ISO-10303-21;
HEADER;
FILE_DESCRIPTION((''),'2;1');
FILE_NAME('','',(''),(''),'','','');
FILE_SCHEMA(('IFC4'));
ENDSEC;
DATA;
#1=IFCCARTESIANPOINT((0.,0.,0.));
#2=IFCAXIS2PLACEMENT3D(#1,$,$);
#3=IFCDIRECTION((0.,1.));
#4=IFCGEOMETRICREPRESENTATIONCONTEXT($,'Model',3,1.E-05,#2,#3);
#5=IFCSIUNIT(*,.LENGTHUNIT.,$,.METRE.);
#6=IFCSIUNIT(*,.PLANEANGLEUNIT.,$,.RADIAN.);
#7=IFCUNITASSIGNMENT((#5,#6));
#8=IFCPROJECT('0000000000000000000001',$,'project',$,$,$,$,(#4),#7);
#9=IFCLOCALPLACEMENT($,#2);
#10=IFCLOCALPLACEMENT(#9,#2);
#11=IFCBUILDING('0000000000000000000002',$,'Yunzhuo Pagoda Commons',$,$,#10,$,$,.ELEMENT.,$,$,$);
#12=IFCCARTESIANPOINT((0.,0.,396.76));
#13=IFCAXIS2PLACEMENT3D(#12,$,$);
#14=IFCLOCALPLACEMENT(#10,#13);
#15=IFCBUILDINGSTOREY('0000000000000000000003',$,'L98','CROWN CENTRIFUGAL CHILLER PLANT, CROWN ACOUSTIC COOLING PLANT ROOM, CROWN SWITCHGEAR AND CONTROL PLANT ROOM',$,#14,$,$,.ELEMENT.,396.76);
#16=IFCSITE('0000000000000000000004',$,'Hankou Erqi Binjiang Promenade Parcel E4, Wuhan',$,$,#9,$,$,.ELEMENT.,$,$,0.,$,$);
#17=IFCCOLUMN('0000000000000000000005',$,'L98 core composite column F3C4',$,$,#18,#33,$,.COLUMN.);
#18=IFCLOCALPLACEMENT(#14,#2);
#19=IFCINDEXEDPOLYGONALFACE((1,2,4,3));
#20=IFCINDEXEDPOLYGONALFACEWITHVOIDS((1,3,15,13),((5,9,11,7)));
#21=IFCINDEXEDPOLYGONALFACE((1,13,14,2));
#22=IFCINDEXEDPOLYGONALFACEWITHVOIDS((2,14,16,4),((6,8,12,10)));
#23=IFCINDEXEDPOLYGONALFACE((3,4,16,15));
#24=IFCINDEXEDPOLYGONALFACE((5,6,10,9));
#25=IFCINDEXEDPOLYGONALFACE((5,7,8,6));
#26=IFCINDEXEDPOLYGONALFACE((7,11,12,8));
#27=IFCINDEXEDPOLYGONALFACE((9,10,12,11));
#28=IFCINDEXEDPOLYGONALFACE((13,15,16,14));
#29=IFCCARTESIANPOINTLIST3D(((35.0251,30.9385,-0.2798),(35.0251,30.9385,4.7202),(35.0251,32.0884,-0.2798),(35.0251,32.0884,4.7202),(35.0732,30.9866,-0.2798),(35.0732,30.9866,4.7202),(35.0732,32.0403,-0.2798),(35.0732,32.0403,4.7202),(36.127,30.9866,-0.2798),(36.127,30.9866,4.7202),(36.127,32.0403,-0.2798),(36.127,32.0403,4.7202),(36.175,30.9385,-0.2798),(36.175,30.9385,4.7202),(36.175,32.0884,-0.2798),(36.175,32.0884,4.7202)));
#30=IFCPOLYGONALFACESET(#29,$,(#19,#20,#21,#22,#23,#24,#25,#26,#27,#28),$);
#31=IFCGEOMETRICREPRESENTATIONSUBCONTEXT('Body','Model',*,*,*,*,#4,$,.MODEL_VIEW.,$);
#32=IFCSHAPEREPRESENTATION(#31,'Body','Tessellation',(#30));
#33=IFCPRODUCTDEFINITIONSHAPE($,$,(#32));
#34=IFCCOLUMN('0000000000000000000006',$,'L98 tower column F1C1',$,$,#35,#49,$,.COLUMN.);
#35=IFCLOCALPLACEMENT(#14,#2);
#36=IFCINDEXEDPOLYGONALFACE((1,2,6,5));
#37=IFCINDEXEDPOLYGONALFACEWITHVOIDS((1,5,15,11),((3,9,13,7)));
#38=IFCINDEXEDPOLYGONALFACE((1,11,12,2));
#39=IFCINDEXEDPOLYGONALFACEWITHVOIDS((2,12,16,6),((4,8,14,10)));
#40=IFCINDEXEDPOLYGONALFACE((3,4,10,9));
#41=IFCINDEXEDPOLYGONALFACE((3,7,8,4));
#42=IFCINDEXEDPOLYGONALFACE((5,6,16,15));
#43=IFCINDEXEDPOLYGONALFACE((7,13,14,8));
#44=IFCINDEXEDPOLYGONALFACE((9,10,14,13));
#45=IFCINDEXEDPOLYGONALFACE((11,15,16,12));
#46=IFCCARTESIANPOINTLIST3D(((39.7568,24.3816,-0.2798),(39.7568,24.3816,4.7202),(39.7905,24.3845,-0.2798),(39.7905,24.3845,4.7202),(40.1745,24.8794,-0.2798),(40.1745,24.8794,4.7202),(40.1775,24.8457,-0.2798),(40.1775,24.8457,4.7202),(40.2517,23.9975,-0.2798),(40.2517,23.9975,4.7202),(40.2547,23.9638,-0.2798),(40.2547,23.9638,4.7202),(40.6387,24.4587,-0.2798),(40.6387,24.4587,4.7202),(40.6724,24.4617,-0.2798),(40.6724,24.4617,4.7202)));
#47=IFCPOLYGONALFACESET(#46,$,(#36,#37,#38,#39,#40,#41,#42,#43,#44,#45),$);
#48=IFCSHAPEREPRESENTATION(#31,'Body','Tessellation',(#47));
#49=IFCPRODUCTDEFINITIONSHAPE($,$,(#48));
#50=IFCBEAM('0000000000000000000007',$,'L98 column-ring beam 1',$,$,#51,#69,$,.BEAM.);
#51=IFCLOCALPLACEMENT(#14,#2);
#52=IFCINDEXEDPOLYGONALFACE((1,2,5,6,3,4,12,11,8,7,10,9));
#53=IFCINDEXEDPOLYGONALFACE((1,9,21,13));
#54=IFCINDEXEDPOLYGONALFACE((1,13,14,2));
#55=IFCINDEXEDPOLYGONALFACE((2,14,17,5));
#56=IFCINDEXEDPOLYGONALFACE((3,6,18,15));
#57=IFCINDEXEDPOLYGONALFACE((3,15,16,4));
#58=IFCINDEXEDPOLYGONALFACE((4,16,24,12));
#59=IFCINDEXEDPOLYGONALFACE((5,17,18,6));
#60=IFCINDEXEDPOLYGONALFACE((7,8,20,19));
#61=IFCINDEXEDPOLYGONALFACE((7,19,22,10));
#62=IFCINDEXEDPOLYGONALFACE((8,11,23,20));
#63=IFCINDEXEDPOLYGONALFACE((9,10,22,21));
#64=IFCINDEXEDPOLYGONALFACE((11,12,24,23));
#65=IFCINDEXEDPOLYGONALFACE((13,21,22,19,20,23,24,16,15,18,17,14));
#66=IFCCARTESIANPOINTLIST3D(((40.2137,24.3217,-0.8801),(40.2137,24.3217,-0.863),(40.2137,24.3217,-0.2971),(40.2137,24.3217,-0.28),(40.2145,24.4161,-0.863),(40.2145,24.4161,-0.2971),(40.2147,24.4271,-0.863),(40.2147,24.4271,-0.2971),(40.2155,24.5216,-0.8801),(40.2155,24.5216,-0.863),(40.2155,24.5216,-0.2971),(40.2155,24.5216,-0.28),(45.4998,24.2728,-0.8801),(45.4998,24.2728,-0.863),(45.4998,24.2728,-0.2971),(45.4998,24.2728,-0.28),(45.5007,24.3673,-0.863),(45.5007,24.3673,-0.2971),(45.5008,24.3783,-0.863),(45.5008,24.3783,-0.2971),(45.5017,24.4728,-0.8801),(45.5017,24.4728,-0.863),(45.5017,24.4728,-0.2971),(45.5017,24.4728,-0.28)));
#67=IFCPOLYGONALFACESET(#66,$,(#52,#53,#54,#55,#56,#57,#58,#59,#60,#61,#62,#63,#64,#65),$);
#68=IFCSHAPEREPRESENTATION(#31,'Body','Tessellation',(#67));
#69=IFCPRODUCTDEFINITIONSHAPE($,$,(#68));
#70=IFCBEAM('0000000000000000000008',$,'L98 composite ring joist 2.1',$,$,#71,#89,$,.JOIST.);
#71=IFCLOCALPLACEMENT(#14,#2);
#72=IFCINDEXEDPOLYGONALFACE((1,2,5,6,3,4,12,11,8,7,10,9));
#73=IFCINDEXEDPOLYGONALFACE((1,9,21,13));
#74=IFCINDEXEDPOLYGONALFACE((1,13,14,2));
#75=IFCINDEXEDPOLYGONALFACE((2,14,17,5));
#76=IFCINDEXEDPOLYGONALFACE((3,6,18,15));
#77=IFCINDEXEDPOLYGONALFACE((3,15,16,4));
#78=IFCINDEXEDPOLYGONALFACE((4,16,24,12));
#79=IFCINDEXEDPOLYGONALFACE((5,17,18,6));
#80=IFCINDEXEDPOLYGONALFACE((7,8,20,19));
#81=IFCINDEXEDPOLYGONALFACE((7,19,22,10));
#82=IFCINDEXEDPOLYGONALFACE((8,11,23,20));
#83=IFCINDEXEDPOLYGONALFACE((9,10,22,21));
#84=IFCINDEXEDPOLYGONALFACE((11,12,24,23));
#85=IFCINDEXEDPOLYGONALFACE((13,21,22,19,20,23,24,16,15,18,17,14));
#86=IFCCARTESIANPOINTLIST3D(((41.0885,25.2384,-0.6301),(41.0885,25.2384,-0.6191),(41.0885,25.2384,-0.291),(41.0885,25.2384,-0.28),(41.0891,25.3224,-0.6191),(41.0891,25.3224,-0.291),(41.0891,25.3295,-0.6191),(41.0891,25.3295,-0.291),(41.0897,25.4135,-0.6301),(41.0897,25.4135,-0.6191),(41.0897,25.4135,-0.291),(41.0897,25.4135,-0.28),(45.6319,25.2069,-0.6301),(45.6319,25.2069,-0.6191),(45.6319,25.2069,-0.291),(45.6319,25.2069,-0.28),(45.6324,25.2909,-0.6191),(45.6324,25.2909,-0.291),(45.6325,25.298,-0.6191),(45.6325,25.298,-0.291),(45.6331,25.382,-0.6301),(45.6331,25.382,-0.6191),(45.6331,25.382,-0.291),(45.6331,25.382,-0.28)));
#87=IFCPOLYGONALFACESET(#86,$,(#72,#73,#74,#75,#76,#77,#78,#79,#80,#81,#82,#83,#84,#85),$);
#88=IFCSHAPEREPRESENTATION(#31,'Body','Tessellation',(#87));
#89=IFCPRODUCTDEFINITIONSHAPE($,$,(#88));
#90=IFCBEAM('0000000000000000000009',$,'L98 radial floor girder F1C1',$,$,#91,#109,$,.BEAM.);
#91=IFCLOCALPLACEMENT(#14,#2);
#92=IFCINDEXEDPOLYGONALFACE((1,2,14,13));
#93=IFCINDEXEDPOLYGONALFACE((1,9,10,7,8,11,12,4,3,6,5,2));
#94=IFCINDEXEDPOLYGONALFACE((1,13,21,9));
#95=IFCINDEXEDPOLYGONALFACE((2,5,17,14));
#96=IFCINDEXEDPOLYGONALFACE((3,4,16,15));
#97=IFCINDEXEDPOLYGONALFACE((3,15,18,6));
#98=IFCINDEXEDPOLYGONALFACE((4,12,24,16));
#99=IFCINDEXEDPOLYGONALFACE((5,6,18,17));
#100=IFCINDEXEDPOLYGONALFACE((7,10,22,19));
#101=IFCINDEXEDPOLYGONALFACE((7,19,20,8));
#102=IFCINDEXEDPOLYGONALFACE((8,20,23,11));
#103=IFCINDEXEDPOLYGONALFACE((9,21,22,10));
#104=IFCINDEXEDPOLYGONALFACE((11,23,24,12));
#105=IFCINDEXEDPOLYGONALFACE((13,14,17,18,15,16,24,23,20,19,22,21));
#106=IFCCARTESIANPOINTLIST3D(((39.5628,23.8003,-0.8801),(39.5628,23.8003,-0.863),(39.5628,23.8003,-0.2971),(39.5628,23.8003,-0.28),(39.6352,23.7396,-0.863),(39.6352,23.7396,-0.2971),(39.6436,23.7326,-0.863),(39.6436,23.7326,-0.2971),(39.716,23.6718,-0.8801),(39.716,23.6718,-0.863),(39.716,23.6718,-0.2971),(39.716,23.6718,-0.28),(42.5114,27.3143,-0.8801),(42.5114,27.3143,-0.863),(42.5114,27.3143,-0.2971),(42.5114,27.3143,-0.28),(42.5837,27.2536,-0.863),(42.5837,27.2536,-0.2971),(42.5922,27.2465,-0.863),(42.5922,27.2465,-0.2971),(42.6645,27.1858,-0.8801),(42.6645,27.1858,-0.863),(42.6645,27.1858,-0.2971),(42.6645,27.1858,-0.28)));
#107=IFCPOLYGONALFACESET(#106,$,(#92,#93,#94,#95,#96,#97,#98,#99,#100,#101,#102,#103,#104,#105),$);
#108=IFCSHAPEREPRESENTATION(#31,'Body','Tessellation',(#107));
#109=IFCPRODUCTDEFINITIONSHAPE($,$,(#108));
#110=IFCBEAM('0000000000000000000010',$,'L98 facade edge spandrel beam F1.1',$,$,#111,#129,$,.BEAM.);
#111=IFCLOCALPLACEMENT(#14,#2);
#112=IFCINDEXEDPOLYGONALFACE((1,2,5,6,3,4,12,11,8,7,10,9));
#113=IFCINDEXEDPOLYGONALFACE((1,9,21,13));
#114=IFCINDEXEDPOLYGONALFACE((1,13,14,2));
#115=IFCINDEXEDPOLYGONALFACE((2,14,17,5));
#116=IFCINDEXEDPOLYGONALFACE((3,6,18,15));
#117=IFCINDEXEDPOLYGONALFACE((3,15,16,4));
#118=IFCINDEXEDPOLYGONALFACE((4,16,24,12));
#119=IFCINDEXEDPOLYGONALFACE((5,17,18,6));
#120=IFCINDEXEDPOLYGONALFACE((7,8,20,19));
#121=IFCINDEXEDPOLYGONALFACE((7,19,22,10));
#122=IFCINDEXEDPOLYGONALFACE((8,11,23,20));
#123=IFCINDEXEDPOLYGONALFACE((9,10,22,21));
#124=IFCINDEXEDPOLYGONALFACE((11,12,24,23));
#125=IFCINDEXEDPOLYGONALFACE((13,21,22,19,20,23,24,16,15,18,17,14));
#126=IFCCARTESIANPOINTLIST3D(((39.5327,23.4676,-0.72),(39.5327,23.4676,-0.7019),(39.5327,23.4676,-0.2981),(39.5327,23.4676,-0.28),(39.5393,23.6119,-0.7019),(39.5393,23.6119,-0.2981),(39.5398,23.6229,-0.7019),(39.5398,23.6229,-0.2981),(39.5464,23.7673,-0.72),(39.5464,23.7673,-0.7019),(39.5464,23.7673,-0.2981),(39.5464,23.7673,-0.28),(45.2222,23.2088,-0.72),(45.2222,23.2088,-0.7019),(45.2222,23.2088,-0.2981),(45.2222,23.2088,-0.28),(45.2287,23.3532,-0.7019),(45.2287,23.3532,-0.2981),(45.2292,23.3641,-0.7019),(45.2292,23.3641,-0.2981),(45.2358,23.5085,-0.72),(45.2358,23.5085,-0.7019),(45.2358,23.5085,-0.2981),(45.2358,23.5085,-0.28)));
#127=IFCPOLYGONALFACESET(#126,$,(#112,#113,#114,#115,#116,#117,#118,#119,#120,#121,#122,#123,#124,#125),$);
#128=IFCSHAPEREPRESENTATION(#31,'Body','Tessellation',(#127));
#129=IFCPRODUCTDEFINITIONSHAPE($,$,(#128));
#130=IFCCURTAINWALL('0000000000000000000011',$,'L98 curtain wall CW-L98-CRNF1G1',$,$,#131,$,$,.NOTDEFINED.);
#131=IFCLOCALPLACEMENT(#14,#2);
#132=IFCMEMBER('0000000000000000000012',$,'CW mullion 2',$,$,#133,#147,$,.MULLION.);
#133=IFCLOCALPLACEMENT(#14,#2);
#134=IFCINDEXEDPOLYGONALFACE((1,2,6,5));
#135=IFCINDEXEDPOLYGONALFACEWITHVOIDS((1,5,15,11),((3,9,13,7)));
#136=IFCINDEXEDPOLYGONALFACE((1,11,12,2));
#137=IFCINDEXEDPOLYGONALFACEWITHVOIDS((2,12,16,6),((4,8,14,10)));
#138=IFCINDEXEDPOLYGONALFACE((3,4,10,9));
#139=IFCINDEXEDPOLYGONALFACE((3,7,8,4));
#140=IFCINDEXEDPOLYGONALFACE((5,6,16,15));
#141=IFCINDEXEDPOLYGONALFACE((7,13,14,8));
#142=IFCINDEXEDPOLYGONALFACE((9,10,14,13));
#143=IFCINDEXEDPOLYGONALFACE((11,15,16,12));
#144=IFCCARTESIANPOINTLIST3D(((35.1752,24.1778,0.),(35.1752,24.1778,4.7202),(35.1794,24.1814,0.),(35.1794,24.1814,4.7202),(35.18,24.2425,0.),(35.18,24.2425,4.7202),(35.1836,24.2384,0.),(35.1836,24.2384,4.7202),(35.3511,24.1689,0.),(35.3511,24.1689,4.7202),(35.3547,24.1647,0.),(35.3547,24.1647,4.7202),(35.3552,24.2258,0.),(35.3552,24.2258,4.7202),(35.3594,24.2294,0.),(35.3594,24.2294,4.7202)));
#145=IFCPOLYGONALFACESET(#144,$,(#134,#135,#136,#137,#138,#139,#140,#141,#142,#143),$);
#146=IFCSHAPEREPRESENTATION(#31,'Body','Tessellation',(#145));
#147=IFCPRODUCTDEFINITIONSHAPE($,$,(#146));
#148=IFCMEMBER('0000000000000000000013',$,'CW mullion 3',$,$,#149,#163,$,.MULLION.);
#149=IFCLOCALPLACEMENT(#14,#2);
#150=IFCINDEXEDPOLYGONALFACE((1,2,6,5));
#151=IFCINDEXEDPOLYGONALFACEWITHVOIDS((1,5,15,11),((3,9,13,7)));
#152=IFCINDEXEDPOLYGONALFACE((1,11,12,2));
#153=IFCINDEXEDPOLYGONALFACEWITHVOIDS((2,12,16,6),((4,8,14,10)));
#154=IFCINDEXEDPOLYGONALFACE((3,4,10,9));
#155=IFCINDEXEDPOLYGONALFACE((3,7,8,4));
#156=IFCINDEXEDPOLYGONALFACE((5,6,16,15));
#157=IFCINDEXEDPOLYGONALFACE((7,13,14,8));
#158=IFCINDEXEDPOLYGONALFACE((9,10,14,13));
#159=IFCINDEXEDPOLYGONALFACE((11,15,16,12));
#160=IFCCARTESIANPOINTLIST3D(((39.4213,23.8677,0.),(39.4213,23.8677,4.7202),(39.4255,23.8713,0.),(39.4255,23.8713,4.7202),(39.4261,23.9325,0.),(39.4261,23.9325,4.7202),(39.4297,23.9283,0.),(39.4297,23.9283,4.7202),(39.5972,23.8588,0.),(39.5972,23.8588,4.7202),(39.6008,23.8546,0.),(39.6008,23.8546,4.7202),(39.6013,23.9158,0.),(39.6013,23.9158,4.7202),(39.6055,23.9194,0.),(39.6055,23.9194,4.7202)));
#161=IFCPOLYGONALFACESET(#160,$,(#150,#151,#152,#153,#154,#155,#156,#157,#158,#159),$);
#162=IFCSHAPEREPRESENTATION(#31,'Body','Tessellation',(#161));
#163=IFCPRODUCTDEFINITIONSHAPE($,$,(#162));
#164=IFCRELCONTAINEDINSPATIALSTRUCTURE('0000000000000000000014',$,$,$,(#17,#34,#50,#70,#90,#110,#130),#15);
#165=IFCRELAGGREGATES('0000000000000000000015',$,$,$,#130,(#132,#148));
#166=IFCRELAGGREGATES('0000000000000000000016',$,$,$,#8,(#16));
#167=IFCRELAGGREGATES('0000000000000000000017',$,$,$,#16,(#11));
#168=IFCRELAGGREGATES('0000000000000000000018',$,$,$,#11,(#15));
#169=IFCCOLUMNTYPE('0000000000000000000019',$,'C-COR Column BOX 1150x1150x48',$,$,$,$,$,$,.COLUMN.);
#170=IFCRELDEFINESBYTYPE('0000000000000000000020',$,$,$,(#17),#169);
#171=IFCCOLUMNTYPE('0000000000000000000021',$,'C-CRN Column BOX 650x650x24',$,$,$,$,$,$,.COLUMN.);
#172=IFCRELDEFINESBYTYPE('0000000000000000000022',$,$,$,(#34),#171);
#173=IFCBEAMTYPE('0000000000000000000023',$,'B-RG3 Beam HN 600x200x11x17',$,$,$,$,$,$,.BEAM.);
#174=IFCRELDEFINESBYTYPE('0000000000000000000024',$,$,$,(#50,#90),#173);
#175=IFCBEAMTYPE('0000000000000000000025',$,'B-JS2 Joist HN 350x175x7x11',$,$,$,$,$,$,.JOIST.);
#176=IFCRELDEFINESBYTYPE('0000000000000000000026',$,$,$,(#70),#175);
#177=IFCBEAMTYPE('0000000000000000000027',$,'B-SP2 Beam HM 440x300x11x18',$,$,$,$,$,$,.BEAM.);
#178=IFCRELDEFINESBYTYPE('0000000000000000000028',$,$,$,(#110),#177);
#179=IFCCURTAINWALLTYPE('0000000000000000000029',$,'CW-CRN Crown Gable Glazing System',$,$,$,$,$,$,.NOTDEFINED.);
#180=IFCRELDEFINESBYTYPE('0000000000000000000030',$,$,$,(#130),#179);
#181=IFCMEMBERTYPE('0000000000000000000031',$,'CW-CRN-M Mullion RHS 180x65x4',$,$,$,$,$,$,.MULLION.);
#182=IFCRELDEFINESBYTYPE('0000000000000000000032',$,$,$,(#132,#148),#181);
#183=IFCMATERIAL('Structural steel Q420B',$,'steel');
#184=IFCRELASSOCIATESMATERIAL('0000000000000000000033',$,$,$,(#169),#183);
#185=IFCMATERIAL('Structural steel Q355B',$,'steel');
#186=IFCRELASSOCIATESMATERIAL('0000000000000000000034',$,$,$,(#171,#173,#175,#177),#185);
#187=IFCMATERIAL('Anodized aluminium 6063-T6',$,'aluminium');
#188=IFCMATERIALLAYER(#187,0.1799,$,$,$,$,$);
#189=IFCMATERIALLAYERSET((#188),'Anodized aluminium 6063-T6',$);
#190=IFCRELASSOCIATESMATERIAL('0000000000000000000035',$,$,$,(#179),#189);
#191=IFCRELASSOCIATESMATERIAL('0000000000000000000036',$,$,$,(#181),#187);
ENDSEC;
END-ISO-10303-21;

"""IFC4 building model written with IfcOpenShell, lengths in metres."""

from ifc_helpers import new_model, si_unit, direction, frame, origin, origin_2d, place, context, subcontext, project, spatial, hollow_rectangle, i_section, extrude, source, transform, mapped, material, layer, layer_set, material_profile, profile_set, type_object, element, aggregate, save


model = new_model("IFC4")

# Units and contexts
model_context = context("Model", 3, precision=1e-05, world=origin(), true_north=direction((0.0, 1.0)))
body_context = subcontext(model_context, "Body", "Model", "MODEL_VIEW")
ifc_project = project(units=[si_unit("LENGTHUNIT", "METRE"), si_unit("PLANEANGLEUNIT", "RADIAN")], contexts=[model_context])

# Site, building, storey
site_placement = place(None, origin())
site = spatial("IfcSite", under=ifc_project, at=site_placement, Name="Hankou Erqi Binjiang Promenade Parcel E4, Wuhan", CompositionType="ELEMENT", RefElevation=0.0)
building_placement = place(site_placement, origin())
building = spatial("IfcBuilding", under=site, at=building_placement, Name="Yunzhuo Pagoda Commons", CompositionType="ELEMENT")
storey_placement = place(building_placement, frame((0.0, 0.0, 396.76)))
storey = spatial("IfcBuildingStorey", under=building, at=storey_placement, Name="L98", Description="CROWN CENTRIFUGAL CHILLER PLANT, CROWN ACOUSTIC COOLING PLANT ROOM, CROWN SWITCHGEAR AND CONTROL PLANT ROOM", CompositionType="ELEMENT", Elevation=396.76)

# Columns
ifc_material_1 = material(Name="Structural steel Q420B", Category="steel")
ifc_material_profile_1 = material_profile(ifc_material_1, hollow_rectangle(XDim=1.1499, YDim=1.1499, WallThickness=0.0481, at=origin_2d()), Name="Structural steel Q420B")
ifc_profile_set_1 = profile_set([ifc_material_profile_1], Name="Structural steel Q420B")
column_type_1 = type_object("IfcColumnType", Name="C-COR Column BOX 1150x1150x48", PredefinedType="COLUMN", material=ifc_profile_set_1)
shared_shape_1 = source(origin(), body_context, "Body", "SweptSolid", [
    extrude(hollow_rectangle(XDim=1.1499, YDim=1.1499, WallThickness=0.0481, at=origin_2d()), origin(), (0.0, 0.0, 1.0), 5.0),
])
column_1_placement = place(storey_placement, frame((35.6001, 31.5134, -0.2798), z_axis=(0.0, 0.0, 1.0), x_axis=(1.0, 0.0, 0.0)))
element("IfcColumn", 1, at=column_1_placement, inside=storey, type_object=column_type_1, Name="L98 core composite column F3C4", PredefinedType="COLUMN", context=body_context, shape_type="MappedRepresentation", body=[
    mapped(shared_shape_1, transform((0.0, 0.0, 0.0), scale=1.0)),
])
ifc_material_2 = material(Name="Structural steel Q355B", Category="steel")
ifc_material_profile_2 = material_profile(ifc_material_2, hollow_rectangle(XDim=0.6499, YDim=0.6499, WallThickness=0.0239, at=origin_2d()), Name="Structural steel Q355B")
ifc_profile_set_2 = profile_set([ifc_material_profile_2], Name="Structural steel Q355B")
column_type_2 = type_object("IfcColumnType", Name="C-CRN Column BOX 650x650x24", PredefinedType="COLUMN", material=ifc_profile_set_2)
shared_shape_2 = source(origin(), body_context, "Body", "SweptSolid", [
    extrude(hollow_rectangle(XDim=0.6499, YDim=0.6499, WallThickness=0.0239, at=origin_2d()), origin(), (0.0, 0.0, 1.0), 5.0),
])
column_2_placement = place(storey_placement, frame((40.2146, 24.4216, -0.2798), z_axis=(0.0, 0.0, 1.0), x_axis=(0.766044, -0.642788, 0.0)))
element("IfcColumn", 2, at=column_2_placement, inside=storey, type_object=column_type_2, Name="L98 tower column F1C1", PredefinedType="COLUMN", context=body_context, shape_type="MappedRepresentation", body=[
    mapped(shared_shape_2, transform((0.0, 0.0, 0.0), scale=1.0)),
])

# Beams
ifc_material_profile_3 = material_profile(ifc_material_2, i_section(OverallWidth=0.2, OverallDepth=0.6001, WebThickness=0.011, FlangeThickness=0.0171, at=origin_2d()), Name="Structural steel Q355B")
ifc_profile_set_3 = profile_set([ifc_material_profile_3], Name="Structural steel Q355B")
beam_type_1 = type_object("IfcBeamType", Name="B-RG3 Beam HN 600x200x11x17", PredefinedType="BEAM", material=ifc_profile_set_3)
shared_shape_3 = source(origin(), body_context, "Body", "SweptSolid", [
    extrude(i_section(OverallWidth=0.2, OverallDepth=0.6001, WebThickness=0.011, FlangeThickness=0.0171, at=origin_2d()), origin(), (0.0, 0.0, 1.0), 5.2864),
])
beam_1_placement = place(storey_placement, frame((40.2146, 24.4216, -0.5801), z_axis=(0.999957, -0.009237, 0.0), x_axis=(0.009237, 0.999957, 0.0)))
element("IfcBeam", 3, at=beam_1_placement, inside=storey, type_object=beam_type_1, Name="L98 column-ring beam 1", PredefinedType="BEAM", context=body_context, shape_type="MappedRepresentation", body=[
    mapped(shared_shape_3, transform((0.0, 0.0, 0.0), scale=1.0)),
])
ifc_material_profile_4 = material_profile(ifc_material_2, i_section(OverallWidth=0.175, OverallDepth=0.3501, WebThickness=0.0071, FlangeThickness=0.011, at=origin_2d()), Name="Structural steel Q355B")
ifc_profile_set_4 = profile_set([ifc_material_profile_4], Name="Structural steel Q355B")
beam_type_2 = type_object("IfcBeamType", Name="B-JS2 Joist HN 350x175x7x11", PredefinedType="JOIST", material=ifc_profile_set_4)
shared_shape_4 = source(origin(), body_context, "Body", "SweptSolid", [
    extrude(i_section(OverallWidth=0.175, OverallDepth=0.3501, WebThickness=0.0071, FlangeThickness=0.011, at=origin_2d()), origin(), (0.0, 0.0, 1.0), 4.5435),
])
beam_2_placement = place(storey_placement, frame((41.0891, 25.3259, -0.4551), z_axis=(0.999976, -0.006932, 0.0), x_axis=(0.006932, 0.999976, 0.0)))
element("IfcBeam", 4, at=beam_2_placement, inside=storey, type_object=beam_type_2, Name="L98 composite ring joist 2.1", PredefinedType="JOIST", context=body_context, shape_type="MappedRepresentation", body=[
    mapped(shared_shape_4, transform((0.0, 0.0, 0.0), scale=1.0)),
])
shared_shape_5 = source(origin(), body_context, "Body", "SweptSolid", [
    extrude(i_section(OverallWidth=0.2, OverallDepth=0.6001, WebThickness=0.011, FlangeThickness=0.0171, at=origin_2d()), origin(), (0.0, 0.0, 1.0), 4.5872),
])
beam_3_placement = place(storey_placement, frame((39.6394, 23.7361, -0.5801), z_axis=(0.642783, 0.766049, 0.0), x_axis=(-0.766049, 0.642783, 0.0)))
element("IfcBeam", 5, at=beam_3_placement, inside=storey, type_object=beam_type_1, Name="L98 radial floor girder F1C1", PredefinedType="BEAM", context=body_context, shape_type="MappedRepresentation", body=[
    mapped(shared_shape_5, transform((0.0, 0.0, 0.0), scale=1.0)),
])
ifc_material_profile_5 = material_profile(ifc_material_2, i_section(OverallWidth=0.3, OverallDepth=0.4399, WebThickness=0.011, FlangeThickness=0.0181, at=origin_2d()), Name="Structural steel Q355B")
ifc_profile_set_5 = profile_set([ifc_material_profile_5], Name="Structural steel Q355B")
beam_type_3 = type_object("IfcBeamType", Name="B-SP2 Beam HM 440x300x11x18", PredefinedType="BEAM", material=ifc_profile_set_5)
shared_shape_6 = source(origin(), body_context, "Body", "SweptSolid", [
    extrude(i_section(OverallWidth=0.3, OverallDepth=0.4399, WebThickness=0.011, FlangeThickness=0.0181, at=origin_2d()), origin(), (0.0, 0.0, 1.0), 5.6953),
])
beam_4_placement = place(storey_placement, frame((39.5396, 23.6174, -0.5), z_axis=(0.998967, -0.045439, 0.0), x_axis=(0.045439, 0.998967, 0.0)))
element("IfcBeam", 6, at=beam_4_placement, inside=storey, type_object=beam_type_3, Name="L98 facade edge spandrel beam F1.1", PredefinedType="BEAM", context=body_context, shape_type="MappedRepresentation", body=[
    mapped(shared_shape_6, transform((0.0, 0.0, 0.0), scale=1.0)),
])

# Curtain wall, members
ifc_material_3 = material(Name="Anodized aluminium 6063-T6", Category="aluminium")
ifc_layer_1 = layer(ifc_material_3, 0.1799)
ifc_layer_set_1 = layer_set([ifc_layer_1], Name="Anodized aluminium 6063-T6")
curtain_wall_type = type_object("IfcCurtainWallType", Name="CW-CRN Crown Gable Glazing System", PredefinedType="NOTDEFINED", material=ifc_layer_set_1)
curtain_wall_placement = place(storey_placement, origin())
curtain_wall = element("IfcCurtainWall", 7, at=curtain_wall_placement, inside=storey, type_object=curtain_wall_type, Name="L98 curtain wall CW-L98-CRNF1G1", PredefinedType="NOTDEFINED")
ifc_material_profile_6 = material_profile(ifc_material_3, hollow_rectangle(XDim=0.0649, YDim=0.1799, WallThickness=0.0039, at=origin_2d()), Name="Anodized aluminium 6063-T6")
ifc_profile_set_6 = profile_set([ifc_material_profile_6], Name="Anodized aluminium 6063-T6")
member_type_1 = type_object("IfcMemberType", Name="CW-CRN-M Mullion RHS 180x65x4", PredefinedType="MULLION", material=ifc_profile_set_6)
shared_shape_7 = source(origin(), body_context, "Body", "SweptSolid", [
    extrude(hollow_rectangle(XDim=0.0649, YDim=0.1799, WallThickness=0.0039, at=origin_2d()), origin(), (0.0, 0.0, 1.0), 4.7202),
])
member_1_placement = place(storey_placement, frame((35.2673, 24.2036, 0.0), z_axis=(0.0, 0.0, 1.0), x_axis=(0.072796, 0.997347, 0.0)))
member_1 = element("IfcMember", 8, at=member_1_placement, type_object=member_type_1, Name="CW mullion 2", PredefinedType="MULLION", context=body_context, shape_type="MappedRepresentation", body=[
    mapped(shared_shape_7, transform((0.0, 0.0, 0.0), scale=1.0)),
])
member_2_placement = place(storey_placement, frame((39.5134, 23.8936, 0.0), z_axis=(0.0, 0.0, 1.0), x_axis=(0.072796, 0.997347, 0.0)))
member_2 = element("IfcMember", 9, at=member_2_placement, type_object=member_type_1, Name="CW mullion 3", PredefinedType="MULLION", context=body_context, shape_type="MappedRepresentation", body=[
    mapped(shared_shape_7, transform((0.0, 0.0, 0.0), scale=1.0)),
])
aggregate(curtain_wall, [member_1, member_2])

save(model, "model.ifc")
